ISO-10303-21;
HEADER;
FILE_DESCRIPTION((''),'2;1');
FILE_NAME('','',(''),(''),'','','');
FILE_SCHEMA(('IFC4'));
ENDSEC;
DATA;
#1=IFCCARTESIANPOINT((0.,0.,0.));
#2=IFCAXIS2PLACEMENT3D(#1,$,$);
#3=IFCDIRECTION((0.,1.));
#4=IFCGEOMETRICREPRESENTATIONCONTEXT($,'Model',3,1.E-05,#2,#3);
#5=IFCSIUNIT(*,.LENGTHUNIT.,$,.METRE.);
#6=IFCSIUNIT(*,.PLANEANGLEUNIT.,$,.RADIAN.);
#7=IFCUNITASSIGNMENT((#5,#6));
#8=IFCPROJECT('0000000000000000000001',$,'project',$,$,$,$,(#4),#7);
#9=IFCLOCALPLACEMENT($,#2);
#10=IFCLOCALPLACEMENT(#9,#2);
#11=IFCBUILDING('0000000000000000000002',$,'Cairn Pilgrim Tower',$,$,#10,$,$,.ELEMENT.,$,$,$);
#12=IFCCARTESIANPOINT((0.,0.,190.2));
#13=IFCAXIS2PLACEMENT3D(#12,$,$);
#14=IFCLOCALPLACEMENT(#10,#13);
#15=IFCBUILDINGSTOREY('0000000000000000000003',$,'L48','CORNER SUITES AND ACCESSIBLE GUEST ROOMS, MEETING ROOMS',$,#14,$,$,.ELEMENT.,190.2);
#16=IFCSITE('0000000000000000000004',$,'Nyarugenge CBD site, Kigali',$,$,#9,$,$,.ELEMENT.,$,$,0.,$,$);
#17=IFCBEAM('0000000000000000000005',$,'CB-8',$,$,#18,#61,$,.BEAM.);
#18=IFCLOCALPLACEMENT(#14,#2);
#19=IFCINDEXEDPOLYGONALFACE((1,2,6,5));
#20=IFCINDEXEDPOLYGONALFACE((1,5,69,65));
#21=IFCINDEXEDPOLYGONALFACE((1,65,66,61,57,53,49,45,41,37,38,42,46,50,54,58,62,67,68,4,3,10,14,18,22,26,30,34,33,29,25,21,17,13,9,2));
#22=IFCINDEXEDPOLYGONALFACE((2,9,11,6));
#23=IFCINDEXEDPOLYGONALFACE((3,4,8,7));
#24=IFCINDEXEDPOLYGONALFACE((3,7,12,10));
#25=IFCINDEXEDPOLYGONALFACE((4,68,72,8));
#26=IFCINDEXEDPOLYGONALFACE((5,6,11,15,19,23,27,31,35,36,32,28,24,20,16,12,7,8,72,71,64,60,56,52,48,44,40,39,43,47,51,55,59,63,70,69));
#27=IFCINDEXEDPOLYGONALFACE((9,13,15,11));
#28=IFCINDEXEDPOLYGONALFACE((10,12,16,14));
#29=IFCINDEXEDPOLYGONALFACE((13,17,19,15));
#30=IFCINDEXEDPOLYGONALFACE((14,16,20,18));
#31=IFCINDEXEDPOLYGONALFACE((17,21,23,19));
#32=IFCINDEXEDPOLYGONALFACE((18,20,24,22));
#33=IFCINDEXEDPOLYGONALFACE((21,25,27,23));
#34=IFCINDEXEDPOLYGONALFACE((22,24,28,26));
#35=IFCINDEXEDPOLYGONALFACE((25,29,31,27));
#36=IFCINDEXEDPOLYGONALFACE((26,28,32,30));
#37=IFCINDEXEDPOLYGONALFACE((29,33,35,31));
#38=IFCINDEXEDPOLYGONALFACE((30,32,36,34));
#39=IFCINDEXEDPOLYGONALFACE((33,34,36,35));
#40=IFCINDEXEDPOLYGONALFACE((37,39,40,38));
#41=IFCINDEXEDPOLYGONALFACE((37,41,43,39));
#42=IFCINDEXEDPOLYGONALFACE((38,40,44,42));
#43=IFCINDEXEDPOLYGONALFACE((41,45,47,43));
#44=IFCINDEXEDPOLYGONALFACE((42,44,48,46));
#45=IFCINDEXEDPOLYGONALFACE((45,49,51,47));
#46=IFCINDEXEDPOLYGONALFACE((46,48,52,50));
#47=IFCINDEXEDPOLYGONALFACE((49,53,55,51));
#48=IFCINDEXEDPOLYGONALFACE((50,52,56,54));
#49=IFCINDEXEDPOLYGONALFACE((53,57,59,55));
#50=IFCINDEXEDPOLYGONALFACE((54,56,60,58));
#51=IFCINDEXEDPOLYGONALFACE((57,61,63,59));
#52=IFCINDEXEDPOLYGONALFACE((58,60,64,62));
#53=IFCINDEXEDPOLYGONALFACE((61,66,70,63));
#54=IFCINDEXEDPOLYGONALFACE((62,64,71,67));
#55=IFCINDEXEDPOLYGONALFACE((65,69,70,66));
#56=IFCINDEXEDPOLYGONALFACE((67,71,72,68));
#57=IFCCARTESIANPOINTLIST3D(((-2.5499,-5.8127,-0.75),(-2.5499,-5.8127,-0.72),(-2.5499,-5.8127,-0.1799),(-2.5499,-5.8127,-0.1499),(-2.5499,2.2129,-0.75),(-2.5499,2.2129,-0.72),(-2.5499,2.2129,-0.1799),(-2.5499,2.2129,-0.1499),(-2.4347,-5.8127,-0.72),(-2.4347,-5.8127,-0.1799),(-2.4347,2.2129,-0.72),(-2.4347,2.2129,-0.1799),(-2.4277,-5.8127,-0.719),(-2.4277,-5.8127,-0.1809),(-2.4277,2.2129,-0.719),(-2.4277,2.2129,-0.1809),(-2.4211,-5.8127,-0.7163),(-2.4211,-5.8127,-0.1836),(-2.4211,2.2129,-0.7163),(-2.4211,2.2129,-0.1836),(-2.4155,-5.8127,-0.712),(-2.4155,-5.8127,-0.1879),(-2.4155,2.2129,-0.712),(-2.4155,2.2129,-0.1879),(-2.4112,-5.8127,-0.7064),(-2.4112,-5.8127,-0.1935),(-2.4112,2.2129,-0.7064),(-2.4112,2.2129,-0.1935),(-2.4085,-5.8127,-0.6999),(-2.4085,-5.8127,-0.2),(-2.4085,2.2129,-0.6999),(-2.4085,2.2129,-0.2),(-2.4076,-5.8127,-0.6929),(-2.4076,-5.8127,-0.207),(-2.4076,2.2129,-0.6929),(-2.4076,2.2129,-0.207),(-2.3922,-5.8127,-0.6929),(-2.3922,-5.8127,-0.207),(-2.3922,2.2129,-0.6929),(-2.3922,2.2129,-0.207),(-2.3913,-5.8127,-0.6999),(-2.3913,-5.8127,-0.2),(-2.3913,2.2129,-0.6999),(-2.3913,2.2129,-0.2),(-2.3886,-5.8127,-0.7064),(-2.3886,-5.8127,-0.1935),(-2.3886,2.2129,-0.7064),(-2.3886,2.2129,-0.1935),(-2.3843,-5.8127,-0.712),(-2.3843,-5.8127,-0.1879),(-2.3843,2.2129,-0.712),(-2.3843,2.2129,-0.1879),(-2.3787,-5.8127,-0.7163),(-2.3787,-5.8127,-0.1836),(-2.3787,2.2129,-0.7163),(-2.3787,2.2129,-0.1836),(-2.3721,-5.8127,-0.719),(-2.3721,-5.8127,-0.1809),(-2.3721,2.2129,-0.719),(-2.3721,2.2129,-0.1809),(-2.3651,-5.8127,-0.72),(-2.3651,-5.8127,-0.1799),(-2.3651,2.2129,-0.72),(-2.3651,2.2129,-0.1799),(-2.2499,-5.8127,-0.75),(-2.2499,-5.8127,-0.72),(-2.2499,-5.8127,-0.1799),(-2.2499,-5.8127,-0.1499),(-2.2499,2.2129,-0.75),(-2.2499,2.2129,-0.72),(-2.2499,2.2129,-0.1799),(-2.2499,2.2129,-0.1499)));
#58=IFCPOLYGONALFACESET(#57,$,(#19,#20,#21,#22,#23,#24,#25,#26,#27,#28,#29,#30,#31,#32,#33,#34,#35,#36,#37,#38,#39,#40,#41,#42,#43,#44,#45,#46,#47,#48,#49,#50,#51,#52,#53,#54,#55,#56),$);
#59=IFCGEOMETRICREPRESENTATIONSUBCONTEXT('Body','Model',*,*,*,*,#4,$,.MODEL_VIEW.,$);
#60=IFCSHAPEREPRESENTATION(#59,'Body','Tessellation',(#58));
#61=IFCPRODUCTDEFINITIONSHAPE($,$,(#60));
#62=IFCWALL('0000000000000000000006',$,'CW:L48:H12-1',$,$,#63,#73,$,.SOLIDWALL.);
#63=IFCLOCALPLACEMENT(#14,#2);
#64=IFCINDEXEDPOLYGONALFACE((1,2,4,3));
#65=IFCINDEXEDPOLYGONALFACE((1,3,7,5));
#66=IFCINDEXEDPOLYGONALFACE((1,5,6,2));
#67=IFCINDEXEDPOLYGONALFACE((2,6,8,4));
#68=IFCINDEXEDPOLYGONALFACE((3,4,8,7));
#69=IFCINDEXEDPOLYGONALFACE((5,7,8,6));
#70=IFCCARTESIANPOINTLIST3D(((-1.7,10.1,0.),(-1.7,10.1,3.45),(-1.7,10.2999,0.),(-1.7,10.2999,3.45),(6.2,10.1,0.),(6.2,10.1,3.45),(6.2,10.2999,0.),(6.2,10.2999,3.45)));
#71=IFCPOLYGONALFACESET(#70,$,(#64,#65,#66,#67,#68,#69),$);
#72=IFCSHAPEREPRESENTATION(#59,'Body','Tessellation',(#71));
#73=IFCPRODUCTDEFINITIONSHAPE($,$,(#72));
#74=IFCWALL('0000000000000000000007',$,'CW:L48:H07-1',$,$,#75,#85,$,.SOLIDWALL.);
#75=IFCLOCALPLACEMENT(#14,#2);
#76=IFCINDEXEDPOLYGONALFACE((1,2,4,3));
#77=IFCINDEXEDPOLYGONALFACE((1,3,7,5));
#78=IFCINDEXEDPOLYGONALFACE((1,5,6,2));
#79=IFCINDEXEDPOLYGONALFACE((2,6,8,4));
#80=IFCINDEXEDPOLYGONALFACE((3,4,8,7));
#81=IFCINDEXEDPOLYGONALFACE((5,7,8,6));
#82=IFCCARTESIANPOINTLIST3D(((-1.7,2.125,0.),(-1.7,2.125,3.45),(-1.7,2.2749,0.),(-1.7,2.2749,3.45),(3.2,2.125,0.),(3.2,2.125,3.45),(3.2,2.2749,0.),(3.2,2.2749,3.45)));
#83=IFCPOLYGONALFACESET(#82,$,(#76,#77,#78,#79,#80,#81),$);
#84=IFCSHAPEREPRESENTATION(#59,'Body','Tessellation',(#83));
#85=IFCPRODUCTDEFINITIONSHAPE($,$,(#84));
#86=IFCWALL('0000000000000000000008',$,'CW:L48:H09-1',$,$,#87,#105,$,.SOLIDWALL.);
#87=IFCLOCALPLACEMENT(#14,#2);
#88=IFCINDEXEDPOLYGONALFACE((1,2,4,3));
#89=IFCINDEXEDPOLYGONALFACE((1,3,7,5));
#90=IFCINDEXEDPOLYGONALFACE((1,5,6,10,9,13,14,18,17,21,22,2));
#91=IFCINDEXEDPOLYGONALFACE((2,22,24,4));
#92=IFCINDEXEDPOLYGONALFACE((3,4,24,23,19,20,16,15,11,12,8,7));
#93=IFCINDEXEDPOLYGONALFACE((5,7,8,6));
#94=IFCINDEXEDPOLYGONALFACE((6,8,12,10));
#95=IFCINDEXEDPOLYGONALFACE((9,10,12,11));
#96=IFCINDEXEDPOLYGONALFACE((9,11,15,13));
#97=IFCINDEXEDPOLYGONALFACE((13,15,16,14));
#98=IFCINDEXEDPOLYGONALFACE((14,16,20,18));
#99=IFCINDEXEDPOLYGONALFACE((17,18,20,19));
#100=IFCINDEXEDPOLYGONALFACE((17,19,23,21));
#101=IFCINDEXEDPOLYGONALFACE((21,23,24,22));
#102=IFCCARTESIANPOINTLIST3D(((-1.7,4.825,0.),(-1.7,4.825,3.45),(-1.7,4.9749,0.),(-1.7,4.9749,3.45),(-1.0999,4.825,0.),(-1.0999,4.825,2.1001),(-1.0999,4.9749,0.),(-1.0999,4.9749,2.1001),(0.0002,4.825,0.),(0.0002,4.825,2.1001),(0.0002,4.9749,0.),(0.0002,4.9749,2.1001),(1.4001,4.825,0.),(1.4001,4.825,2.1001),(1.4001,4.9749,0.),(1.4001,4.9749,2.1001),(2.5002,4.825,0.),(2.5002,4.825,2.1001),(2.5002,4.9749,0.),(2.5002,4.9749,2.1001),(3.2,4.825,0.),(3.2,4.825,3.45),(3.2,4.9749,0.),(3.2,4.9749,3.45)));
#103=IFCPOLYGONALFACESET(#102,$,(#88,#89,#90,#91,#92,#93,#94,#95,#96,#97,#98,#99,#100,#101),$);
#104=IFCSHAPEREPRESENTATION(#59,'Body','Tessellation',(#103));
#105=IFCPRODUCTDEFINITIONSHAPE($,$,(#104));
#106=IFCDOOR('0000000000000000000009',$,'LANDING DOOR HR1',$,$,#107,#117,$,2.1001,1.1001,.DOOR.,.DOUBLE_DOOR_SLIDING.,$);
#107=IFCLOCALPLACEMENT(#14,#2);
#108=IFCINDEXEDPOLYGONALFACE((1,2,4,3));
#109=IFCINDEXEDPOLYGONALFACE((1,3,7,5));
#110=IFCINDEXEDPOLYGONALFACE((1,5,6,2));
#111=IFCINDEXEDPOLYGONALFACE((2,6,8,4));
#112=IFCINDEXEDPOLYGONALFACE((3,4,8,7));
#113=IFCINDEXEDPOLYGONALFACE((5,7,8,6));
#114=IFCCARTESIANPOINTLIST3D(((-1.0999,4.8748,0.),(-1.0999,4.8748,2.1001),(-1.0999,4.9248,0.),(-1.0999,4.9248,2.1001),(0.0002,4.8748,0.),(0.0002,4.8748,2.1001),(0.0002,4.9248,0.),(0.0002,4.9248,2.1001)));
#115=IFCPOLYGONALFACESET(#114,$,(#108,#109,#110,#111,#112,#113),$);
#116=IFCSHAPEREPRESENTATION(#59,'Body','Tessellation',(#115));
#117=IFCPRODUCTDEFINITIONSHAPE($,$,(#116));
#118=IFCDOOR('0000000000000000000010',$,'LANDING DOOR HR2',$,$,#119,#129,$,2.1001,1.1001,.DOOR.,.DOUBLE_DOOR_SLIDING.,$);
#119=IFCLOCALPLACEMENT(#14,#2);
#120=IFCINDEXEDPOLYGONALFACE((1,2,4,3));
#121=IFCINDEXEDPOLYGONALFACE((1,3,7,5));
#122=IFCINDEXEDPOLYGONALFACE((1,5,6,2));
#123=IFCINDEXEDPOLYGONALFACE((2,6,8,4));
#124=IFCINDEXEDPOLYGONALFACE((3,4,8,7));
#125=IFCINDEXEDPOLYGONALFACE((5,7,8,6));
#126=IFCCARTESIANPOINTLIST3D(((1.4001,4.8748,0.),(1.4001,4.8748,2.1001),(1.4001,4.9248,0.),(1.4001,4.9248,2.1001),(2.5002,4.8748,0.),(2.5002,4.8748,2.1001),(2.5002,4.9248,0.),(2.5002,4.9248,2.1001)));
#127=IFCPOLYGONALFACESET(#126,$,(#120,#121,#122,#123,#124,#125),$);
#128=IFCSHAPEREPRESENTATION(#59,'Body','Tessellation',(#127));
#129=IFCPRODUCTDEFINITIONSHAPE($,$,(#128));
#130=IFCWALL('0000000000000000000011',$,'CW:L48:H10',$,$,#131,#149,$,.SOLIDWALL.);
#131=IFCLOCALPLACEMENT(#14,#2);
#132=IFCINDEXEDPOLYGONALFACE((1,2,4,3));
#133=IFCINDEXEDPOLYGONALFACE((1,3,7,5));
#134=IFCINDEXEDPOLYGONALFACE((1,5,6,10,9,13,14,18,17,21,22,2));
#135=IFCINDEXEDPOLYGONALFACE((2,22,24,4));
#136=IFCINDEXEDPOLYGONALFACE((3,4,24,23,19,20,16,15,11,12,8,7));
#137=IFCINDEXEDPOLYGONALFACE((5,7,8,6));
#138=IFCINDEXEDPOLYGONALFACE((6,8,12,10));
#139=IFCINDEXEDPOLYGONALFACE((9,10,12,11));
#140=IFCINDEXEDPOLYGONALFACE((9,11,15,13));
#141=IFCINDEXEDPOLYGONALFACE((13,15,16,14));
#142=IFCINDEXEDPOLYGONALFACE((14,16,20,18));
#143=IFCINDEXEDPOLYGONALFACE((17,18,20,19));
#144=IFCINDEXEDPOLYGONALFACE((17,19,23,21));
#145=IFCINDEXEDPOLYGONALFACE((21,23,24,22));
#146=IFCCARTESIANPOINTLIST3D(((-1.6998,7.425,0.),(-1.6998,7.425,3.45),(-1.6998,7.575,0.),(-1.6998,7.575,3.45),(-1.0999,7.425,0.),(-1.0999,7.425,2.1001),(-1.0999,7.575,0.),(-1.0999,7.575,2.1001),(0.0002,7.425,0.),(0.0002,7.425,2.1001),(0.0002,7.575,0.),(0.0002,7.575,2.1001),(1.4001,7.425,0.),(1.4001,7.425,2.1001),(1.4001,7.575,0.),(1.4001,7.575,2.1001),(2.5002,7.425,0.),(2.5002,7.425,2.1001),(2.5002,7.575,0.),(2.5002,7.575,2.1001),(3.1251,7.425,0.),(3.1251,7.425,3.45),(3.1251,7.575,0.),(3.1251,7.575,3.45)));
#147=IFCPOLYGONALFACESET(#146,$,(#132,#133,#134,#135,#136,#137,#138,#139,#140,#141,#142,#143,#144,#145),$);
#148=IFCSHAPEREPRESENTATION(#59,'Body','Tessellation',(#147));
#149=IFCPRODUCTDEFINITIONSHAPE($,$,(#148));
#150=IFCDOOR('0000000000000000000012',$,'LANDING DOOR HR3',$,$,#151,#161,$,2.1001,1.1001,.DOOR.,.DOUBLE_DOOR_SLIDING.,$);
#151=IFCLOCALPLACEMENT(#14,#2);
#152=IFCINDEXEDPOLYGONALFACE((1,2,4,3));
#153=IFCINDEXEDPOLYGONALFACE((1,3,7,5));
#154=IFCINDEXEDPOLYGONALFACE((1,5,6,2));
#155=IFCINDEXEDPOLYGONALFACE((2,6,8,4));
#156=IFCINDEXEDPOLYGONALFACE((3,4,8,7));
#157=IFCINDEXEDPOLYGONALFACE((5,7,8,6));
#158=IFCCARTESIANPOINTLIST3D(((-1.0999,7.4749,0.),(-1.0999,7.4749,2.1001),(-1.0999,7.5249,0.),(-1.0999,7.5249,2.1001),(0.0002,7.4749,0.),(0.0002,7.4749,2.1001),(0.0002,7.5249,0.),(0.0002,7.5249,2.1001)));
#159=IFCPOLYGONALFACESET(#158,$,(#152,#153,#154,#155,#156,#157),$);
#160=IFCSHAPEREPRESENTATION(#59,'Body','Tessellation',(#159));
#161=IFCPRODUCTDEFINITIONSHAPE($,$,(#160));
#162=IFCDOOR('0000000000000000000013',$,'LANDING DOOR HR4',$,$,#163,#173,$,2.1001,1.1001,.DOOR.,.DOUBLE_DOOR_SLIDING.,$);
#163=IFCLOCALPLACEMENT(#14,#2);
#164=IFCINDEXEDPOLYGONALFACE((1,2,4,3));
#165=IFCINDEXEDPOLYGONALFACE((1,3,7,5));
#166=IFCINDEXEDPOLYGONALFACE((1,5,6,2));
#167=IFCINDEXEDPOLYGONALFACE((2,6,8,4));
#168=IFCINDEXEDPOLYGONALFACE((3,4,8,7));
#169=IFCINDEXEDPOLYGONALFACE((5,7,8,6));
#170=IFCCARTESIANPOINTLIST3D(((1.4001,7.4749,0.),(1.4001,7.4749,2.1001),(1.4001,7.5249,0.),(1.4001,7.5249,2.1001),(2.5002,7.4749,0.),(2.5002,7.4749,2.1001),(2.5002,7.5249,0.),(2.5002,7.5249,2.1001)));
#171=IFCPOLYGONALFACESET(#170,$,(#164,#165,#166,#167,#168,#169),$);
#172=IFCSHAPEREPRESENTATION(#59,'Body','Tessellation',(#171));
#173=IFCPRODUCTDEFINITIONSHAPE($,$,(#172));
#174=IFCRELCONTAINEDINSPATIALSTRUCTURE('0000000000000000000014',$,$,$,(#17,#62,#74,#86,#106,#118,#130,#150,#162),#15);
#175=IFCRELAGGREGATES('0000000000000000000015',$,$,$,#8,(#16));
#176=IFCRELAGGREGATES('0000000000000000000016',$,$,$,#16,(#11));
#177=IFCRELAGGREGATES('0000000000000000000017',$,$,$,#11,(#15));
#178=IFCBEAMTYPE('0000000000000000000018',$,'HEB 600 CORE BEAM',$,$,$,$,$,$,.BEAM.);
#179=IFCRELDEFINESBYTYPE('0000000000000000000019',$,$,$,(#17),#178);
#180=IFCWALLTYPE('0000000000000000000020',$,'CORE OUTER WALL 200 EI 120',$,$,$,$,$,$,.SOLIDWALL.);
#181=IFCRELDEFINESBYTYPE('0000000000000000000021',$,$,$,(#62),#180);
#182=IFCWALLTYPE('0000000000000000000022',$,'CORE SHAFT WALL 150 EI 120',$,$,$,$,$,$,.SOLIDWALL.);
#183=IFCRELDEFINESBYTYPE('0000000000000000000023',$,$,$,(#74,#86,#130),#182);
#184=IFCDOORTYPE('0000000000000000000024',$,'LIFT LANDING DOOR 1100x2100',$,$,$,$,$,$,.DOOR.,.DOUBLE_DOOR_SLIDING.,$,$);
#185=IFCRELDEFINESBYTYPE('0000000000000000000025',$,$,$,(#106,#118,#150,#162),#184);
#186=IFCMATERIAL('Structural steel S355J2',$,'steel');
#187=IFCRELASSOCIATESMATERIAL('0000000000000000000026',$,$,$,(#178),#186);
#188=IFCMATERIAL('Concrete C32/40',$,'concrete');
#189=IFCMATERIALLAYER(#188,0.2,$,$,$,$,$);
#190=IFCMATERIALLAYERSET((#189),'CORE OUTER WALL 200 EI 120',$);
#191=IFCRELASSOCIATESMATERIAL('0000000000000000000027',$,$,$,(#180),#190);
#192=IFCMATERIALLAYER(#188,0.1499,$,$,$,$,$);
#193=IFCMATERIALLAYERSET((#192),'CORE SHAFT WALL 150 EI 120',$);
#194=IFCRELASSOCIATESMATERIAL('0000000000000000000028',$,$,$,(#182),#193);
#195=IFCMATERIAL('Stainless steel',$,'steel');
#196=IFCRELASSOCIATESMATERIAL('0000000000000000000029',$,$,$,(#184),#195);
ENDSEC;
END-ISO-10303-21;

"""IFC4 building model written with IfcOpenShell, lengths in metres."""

from ifc_helpers import new_model, si_unit, direction, frame, frame_2d, origin, origin_2d, place, context, subcontext, project, spatial, rectangle, i_section, extrude, material, layer, layer_set, material_profile, profile_set, type_object, element, fill, save


model = new_model("IFC4")

# Units and contexts
model_context = context("Model", 3, precision=1e-05, world=origin(), true_north=direction((0.0, 1.0)))
body_context = subcontext(model_context, "Body", "Model", "MODEL_VIEW")
ifc_project = project(units=[si_unit("LENGTHUNIT", "METRE"), si_unit("PLANEANGLEUNIT", "RADIAN")], contexts=[model_context])

# Site, building, storey
site_placement = place(None, origin())
site = spatial("IfcSite", under=ifc_project, at=site_placement, Name="Nyarugenge CBD site, Kigali", CompositionType="ELEMENT", RefElevation=0.0)
building_placement = place(site_placement, origin())
building = spatial("IfcBuilding", under=site, at=building_placement, Name="Cairn Pilgrim Tower", CompositionType="ELEMENT")
storey_placement = place(building_placement, frame((0.0, 0.0, 190.2)))
storey = spatial("IfcBuildingStorey", under=building, at=storey_placement, Name="L48", Description="CORNER SUITES AND ACCESSIBLE GUEST ROOMS, MEETING ROOMS", CompositionType="ELEMENT", Elevation=190.2)

# Beam
ifc_material_1 = material(Name="Structural steel S355J2", Category="steel")
ifc_material_profile_1 = material_profile(ifc_material_1, i_section(OverallWidth=0.3, OverallDepth=0.6001, WebThickness=0.0154, FlangeThickness=0.03, FilletRadius=0.0271, at=origin_2d()), Name="HEB 600")
ifc_profile_set_1 = profile_set([ifc_material_profile_1], Name="Structural steel S355J2")
beam_type = type_object("IfcBeamType", Name="HEB 600 CORE BEAM", PredefinedType="BEAM", material=ifc_profile_set_1)
for number, where, z_axis, x_axis, name in (
    (1, (-2.3999, 2.2129, -0.45), (0.0, -1.0, 0.0), (1.0, 0.0, 0.0), "CB-8"),
):
    element("IfcBeam", number, at=place(storey_placement, frame(where, z_axis=z_axis, x_axis=x_axis)), inside=storey, type_object=beam_type, Name=name, PredefinedType="BEAM", context=body_context, shape_type="SweptSolid", body=[
        extrude(i_section(OverallWidth=0.3, OverallDepth=0.6001, WebThickness=0.0154, FlangeThickness=0.03, FilletRadius=0.0271, at=origin_2d()), origin(), (0.0, 0.0, 1.0), 8.0256),
    ])

# Walls
ifc_material_2 = material(Name="Concrete C32/40", Category="concrete")
ifc_layer_1 = layer(ifc_material_2, 0.2)
ifc_layer_set_1 = layer_set([ifc_layer_1], Name="CORE OUTER WALL 200 EI 120")
wall_type_1 = type_object("IfcWallType", Name="CORE OUTER WALL 200 EI 120", PredefinedType="SOLIDWALL", material=ifc_layer_set_1)
wall_1_placement = place(storey_placement, frame((-1.7, 10.2, 0.0), z_axis=(0.0, 0.0, 1.0), x_axis=(1.0, 0.0, 0.0)))
element("IfcWall", 2, at=wall_1_placement, inside=storey, type_object=wall_type_1, Name="CW:L48:H12-1", PredefinedType="SOLIDWALL", context=body_context, shape_type="SweptSolid", body=[
    extrude(rectangle(XDim=7.8999, YDim=0.2, at=frame_2d((3.95, 0.0))), origin(), (0.0, 0.0, 1.0), 3.45),
])
ifc_layer_2 = layer(ifc_material_2, 0.1499)
ifc_layer_set_2 = layer_set([ifc_layer_2], Name="CORE SHAFT WALL 150 EI 120")
wall_type_2 = type_object("IfcWallType", Name="CORE SHAFT WALL 150 EI 120", PredefinedType="SOLIDWALL", material=ifc_layer_set_2)
wall_2_placement = place(storey_placement, frame((-1.7, 2.2, 0.0), z_axis=(0.0, 0.0, 1.0), x_axis=(1.0, 0.0, 0.0)))
element("IfcWall", 3, at=wall_2_placement, inside=storey, type_object=wall_type_2, Name="CW:L48:H07-1", PredefinedType="SOLIDWALL", context=body_context, shape_type="SweptSolid", body=[
    extrude(rectangle(XDim=4.8999, YDim=0.1499, at=frame_2d((2.45, 0.0))), origin(), (0.0, 0.0, 1.0), 3.45),
])

# Walls, openings, doors
wall_3_placement = place(storey_placement, frame((-1.7, 4.8999, 0.0), z_axis=(0.0, 0.0, 1.0), x_axis=(1.0, 0.0, 0.0)))
wall_3 = element("IfcWall", 4, at=wall_3_placement, inside=storey, type_object=wall_type_2, Name="CW:L48:H09-1", PredefinedType="SOLIDWALL", context=body_context, shape_type="SweptSolid", body=[
    extrude(rectangle(XDim=4.8999, YDim=0.1499, at=frame_2d((2.45, 0.0))), origin(), (0.0, 0.0, 1.0), 3.45),
])
opening_1_placement = place(wall_3_placement, frame((0.6001, 0.0, 0.0)))
opening_1 = element("IfcOpeningElement", 5, at=opening_1_placement, cuts=wall_3, PredefinedType="OPENING", context=body_context, shape_type="SweptSolid", body=[
    extrude(rectangle(XDim=1.1001, YDim=2.1001, at=frame_2d((0.55, 1.05))), frame((0.0, 0.085, 0.0), z_axis=(0.0, -1.0, 0.0), x_axis=(1.0, 0.0, 0.0)), (0.0, 0.0, 1.0), 0.1699),
])
opening_2_placement = place(wall_3_placement, frame((3.1001, 0.0, 0.0)))
opening_2 = element("IfcOpeningElement", 6, at=opening_2_placement, cuts=wall_3, PredefinedType="OPENING", context=body_context, shape_type="SweptSolid", body=[
    extrude(rectangle(XDim=1.1001, YDim=2.1001, at=frame_2d((0.55, 1.05))), frame((0.0, 0.085, 0.0), z_axis=(0.0, -1.0, 0.0), x_axis=(1.0, 0.0, 0.0)), (0.0, 0.0, 1.0), 0.1699),
])
ifc_material_3 = material(Name="Stainless steel", Category="steel")
door_type = type_object("IfcDoorType", Name="LIFT LANDING DOOR 1100x2100", OperationType="DOUBLE_DOOR_SLIDING", PredefinedType="DOOR", material=ifc_material_3)
door_1_placement = place(opening_1_placement, origin())
door_1 = element("IfcDoor", 7, at=door_1_placement, inside=storey, type_object=door_type, Name="LANDING DOOR HR1", OperationType="DOUBLE_DOOR_SLIDING", OverallHeight=2.1001, OverallWidth=1.1001, PredefinedType="DOOR", context=body_context, shape_type="SweptSolid", body=[
    extrude(rectangle(XDim=1.1001, YDim=2.1001, at=frame_2d((0.55, 1.05))), frame((0.0, 0.0249, 0.0), z_axis=(0.0, -1.0, 0.0), x_axis=(1.0, 0.0, 0.0)), (0.0, 0.0, 1.0), 0.05),
])
fill(opening_1, door_1)
door_2_placement = place(opening_2_placement, origin())
door_2 = element("IfcDoor", 8, at=door_2_placement, inside=storey, type_object=door_type, Name="LANDING DOOR HR2", OperationType="DOUBLE_DOOR_SLIDING", OverallHeight=2.1001, OverallWidth=1.1001, PredefinedType="DOOR", context=body_context, shape_type="SweptSolid", body=[
    extrude(rectangle(XDim=1.1001, YDim=2.1001, at=frame_2d((0.55, 1.05))), frame((0.0, 0.0249, 0.0), z_axis=(0.0, -1.0, 0.0), x_axis=(1.0, 0.0, 0.0)), (0.0, 0.0, 1.0), 0.05),
])
fill(opening_2, door_2)
wall_4_placement = place(storey_placement, frame((-1.7, 7.5, 0.0), z_axis=(0.0, 0.0, 1.0), x_axis=(1.0, 0.0, 0.0)))
wall_4 = element("IfcWall", 9, at=wall_4_placement, inside=storey, type_object=wall_type_2, Name="CW:L48:H10", PredefinedType="SOLIDWALL", context=body_context, shape_type="SweptSolid", body=[
    extrude(rectangle(XDim=4.825, YDim=0.1499, at=frame_2d((2.4126, 0.0))), origin(), (0.0, 0.0, 1.0), 3.45),
])
opening_3_placement = place(wall_4_placement, frame((0.6001, 0.0, 0.0)))
opening_3 = element("IfcOpeningElement", 10, at=opening_3_placement, cuts=wall_4, PredefinedType="OPENING", context=body_context, shape_type="SweptSolid", body=[
    extrude(rectangle(XDim=1.1001, YDim=2.1001, at=frame_2d((0.55, 1.05))), frame((0.0, 0.085, 0.0), z_axis=(0.0, -1.0, 0.0), x_axis=(1.0, 0.0, 0.0)), (0.0, 0.0, 1.0), 0.1699),
])
opening_4_placement = place(wall_4_placement, frame((3.1001, 0.0, 0.0)))
opening_4 = element("IfcOpeningElement", 11, at=opening_4_placement, cuts=wall_4, PredefinedType="OPENING", context=body_context, shape_type="SweptSolid", body=[
    extrude(rectangle(XDim=1.1001, YDim=2.1001, at=frame_2d((0.55, 1.05))), frame((0.0, 0.085, 0.0), z_axis=(0.0, -1.0, 0.0), x_axis=(1.0, 0.0, 0.0)), (0.0, 0.0, 1.0), 0.1699),
])
door_3_placement = place(opening_3_placement, origin())
door_3 = element("IfcDoor", 12, at=door_3_placement, inside=storey, type_object=door_type, Name="LANDING DOOR HR3", OperationType="DOUBLE_DOOR_SLIDING", OverallHeight=2.1001, OverallWidth=1.1001, PredefinedType="DOOR", context=body_context, shape_type="SweptSolid", body=[
    extrude(rectangle(XDim=1.1001, YDim=2.1001, at=frame_2d((0.55, 1.05))), frame((0.0, 0.0249, 0.0), z_axis=(0.0, -1.0, 0.0), x_axis=(1.0, 0.0, 0.0)), (0.0, 0.0, 1.0), 0.05),
])
fill(opening_3, door_3)
door_4_placement = place(opening_4_placement, origin())
door_4 = element("IfcDoor", 13, at=door_4_placement, inside=storey, type_object=door_type, Name="LANDING DOOR HR4", OperationType="DOUBLE_DOOR_SLIDING", OverallHeight=2.1001, OverallWidth=1.1001, PredefinedType="DOOR", context=body_context, shape_type="SweptSolid", body=[
    extrude(rectangle(XDim=1.1001, YDim=2.1001, at=frame_2d((0.55, 1.05))), frame((0.0, 0.0249, 0.0), z_axis=(0.0, -1.0, 0.0), x_axis=(1.0, 0.0, 0.0)), (0.0, 0.0, 1.0), 0.05),
])
fill(opening_4, door_4)

save(model, "model.ifc")
